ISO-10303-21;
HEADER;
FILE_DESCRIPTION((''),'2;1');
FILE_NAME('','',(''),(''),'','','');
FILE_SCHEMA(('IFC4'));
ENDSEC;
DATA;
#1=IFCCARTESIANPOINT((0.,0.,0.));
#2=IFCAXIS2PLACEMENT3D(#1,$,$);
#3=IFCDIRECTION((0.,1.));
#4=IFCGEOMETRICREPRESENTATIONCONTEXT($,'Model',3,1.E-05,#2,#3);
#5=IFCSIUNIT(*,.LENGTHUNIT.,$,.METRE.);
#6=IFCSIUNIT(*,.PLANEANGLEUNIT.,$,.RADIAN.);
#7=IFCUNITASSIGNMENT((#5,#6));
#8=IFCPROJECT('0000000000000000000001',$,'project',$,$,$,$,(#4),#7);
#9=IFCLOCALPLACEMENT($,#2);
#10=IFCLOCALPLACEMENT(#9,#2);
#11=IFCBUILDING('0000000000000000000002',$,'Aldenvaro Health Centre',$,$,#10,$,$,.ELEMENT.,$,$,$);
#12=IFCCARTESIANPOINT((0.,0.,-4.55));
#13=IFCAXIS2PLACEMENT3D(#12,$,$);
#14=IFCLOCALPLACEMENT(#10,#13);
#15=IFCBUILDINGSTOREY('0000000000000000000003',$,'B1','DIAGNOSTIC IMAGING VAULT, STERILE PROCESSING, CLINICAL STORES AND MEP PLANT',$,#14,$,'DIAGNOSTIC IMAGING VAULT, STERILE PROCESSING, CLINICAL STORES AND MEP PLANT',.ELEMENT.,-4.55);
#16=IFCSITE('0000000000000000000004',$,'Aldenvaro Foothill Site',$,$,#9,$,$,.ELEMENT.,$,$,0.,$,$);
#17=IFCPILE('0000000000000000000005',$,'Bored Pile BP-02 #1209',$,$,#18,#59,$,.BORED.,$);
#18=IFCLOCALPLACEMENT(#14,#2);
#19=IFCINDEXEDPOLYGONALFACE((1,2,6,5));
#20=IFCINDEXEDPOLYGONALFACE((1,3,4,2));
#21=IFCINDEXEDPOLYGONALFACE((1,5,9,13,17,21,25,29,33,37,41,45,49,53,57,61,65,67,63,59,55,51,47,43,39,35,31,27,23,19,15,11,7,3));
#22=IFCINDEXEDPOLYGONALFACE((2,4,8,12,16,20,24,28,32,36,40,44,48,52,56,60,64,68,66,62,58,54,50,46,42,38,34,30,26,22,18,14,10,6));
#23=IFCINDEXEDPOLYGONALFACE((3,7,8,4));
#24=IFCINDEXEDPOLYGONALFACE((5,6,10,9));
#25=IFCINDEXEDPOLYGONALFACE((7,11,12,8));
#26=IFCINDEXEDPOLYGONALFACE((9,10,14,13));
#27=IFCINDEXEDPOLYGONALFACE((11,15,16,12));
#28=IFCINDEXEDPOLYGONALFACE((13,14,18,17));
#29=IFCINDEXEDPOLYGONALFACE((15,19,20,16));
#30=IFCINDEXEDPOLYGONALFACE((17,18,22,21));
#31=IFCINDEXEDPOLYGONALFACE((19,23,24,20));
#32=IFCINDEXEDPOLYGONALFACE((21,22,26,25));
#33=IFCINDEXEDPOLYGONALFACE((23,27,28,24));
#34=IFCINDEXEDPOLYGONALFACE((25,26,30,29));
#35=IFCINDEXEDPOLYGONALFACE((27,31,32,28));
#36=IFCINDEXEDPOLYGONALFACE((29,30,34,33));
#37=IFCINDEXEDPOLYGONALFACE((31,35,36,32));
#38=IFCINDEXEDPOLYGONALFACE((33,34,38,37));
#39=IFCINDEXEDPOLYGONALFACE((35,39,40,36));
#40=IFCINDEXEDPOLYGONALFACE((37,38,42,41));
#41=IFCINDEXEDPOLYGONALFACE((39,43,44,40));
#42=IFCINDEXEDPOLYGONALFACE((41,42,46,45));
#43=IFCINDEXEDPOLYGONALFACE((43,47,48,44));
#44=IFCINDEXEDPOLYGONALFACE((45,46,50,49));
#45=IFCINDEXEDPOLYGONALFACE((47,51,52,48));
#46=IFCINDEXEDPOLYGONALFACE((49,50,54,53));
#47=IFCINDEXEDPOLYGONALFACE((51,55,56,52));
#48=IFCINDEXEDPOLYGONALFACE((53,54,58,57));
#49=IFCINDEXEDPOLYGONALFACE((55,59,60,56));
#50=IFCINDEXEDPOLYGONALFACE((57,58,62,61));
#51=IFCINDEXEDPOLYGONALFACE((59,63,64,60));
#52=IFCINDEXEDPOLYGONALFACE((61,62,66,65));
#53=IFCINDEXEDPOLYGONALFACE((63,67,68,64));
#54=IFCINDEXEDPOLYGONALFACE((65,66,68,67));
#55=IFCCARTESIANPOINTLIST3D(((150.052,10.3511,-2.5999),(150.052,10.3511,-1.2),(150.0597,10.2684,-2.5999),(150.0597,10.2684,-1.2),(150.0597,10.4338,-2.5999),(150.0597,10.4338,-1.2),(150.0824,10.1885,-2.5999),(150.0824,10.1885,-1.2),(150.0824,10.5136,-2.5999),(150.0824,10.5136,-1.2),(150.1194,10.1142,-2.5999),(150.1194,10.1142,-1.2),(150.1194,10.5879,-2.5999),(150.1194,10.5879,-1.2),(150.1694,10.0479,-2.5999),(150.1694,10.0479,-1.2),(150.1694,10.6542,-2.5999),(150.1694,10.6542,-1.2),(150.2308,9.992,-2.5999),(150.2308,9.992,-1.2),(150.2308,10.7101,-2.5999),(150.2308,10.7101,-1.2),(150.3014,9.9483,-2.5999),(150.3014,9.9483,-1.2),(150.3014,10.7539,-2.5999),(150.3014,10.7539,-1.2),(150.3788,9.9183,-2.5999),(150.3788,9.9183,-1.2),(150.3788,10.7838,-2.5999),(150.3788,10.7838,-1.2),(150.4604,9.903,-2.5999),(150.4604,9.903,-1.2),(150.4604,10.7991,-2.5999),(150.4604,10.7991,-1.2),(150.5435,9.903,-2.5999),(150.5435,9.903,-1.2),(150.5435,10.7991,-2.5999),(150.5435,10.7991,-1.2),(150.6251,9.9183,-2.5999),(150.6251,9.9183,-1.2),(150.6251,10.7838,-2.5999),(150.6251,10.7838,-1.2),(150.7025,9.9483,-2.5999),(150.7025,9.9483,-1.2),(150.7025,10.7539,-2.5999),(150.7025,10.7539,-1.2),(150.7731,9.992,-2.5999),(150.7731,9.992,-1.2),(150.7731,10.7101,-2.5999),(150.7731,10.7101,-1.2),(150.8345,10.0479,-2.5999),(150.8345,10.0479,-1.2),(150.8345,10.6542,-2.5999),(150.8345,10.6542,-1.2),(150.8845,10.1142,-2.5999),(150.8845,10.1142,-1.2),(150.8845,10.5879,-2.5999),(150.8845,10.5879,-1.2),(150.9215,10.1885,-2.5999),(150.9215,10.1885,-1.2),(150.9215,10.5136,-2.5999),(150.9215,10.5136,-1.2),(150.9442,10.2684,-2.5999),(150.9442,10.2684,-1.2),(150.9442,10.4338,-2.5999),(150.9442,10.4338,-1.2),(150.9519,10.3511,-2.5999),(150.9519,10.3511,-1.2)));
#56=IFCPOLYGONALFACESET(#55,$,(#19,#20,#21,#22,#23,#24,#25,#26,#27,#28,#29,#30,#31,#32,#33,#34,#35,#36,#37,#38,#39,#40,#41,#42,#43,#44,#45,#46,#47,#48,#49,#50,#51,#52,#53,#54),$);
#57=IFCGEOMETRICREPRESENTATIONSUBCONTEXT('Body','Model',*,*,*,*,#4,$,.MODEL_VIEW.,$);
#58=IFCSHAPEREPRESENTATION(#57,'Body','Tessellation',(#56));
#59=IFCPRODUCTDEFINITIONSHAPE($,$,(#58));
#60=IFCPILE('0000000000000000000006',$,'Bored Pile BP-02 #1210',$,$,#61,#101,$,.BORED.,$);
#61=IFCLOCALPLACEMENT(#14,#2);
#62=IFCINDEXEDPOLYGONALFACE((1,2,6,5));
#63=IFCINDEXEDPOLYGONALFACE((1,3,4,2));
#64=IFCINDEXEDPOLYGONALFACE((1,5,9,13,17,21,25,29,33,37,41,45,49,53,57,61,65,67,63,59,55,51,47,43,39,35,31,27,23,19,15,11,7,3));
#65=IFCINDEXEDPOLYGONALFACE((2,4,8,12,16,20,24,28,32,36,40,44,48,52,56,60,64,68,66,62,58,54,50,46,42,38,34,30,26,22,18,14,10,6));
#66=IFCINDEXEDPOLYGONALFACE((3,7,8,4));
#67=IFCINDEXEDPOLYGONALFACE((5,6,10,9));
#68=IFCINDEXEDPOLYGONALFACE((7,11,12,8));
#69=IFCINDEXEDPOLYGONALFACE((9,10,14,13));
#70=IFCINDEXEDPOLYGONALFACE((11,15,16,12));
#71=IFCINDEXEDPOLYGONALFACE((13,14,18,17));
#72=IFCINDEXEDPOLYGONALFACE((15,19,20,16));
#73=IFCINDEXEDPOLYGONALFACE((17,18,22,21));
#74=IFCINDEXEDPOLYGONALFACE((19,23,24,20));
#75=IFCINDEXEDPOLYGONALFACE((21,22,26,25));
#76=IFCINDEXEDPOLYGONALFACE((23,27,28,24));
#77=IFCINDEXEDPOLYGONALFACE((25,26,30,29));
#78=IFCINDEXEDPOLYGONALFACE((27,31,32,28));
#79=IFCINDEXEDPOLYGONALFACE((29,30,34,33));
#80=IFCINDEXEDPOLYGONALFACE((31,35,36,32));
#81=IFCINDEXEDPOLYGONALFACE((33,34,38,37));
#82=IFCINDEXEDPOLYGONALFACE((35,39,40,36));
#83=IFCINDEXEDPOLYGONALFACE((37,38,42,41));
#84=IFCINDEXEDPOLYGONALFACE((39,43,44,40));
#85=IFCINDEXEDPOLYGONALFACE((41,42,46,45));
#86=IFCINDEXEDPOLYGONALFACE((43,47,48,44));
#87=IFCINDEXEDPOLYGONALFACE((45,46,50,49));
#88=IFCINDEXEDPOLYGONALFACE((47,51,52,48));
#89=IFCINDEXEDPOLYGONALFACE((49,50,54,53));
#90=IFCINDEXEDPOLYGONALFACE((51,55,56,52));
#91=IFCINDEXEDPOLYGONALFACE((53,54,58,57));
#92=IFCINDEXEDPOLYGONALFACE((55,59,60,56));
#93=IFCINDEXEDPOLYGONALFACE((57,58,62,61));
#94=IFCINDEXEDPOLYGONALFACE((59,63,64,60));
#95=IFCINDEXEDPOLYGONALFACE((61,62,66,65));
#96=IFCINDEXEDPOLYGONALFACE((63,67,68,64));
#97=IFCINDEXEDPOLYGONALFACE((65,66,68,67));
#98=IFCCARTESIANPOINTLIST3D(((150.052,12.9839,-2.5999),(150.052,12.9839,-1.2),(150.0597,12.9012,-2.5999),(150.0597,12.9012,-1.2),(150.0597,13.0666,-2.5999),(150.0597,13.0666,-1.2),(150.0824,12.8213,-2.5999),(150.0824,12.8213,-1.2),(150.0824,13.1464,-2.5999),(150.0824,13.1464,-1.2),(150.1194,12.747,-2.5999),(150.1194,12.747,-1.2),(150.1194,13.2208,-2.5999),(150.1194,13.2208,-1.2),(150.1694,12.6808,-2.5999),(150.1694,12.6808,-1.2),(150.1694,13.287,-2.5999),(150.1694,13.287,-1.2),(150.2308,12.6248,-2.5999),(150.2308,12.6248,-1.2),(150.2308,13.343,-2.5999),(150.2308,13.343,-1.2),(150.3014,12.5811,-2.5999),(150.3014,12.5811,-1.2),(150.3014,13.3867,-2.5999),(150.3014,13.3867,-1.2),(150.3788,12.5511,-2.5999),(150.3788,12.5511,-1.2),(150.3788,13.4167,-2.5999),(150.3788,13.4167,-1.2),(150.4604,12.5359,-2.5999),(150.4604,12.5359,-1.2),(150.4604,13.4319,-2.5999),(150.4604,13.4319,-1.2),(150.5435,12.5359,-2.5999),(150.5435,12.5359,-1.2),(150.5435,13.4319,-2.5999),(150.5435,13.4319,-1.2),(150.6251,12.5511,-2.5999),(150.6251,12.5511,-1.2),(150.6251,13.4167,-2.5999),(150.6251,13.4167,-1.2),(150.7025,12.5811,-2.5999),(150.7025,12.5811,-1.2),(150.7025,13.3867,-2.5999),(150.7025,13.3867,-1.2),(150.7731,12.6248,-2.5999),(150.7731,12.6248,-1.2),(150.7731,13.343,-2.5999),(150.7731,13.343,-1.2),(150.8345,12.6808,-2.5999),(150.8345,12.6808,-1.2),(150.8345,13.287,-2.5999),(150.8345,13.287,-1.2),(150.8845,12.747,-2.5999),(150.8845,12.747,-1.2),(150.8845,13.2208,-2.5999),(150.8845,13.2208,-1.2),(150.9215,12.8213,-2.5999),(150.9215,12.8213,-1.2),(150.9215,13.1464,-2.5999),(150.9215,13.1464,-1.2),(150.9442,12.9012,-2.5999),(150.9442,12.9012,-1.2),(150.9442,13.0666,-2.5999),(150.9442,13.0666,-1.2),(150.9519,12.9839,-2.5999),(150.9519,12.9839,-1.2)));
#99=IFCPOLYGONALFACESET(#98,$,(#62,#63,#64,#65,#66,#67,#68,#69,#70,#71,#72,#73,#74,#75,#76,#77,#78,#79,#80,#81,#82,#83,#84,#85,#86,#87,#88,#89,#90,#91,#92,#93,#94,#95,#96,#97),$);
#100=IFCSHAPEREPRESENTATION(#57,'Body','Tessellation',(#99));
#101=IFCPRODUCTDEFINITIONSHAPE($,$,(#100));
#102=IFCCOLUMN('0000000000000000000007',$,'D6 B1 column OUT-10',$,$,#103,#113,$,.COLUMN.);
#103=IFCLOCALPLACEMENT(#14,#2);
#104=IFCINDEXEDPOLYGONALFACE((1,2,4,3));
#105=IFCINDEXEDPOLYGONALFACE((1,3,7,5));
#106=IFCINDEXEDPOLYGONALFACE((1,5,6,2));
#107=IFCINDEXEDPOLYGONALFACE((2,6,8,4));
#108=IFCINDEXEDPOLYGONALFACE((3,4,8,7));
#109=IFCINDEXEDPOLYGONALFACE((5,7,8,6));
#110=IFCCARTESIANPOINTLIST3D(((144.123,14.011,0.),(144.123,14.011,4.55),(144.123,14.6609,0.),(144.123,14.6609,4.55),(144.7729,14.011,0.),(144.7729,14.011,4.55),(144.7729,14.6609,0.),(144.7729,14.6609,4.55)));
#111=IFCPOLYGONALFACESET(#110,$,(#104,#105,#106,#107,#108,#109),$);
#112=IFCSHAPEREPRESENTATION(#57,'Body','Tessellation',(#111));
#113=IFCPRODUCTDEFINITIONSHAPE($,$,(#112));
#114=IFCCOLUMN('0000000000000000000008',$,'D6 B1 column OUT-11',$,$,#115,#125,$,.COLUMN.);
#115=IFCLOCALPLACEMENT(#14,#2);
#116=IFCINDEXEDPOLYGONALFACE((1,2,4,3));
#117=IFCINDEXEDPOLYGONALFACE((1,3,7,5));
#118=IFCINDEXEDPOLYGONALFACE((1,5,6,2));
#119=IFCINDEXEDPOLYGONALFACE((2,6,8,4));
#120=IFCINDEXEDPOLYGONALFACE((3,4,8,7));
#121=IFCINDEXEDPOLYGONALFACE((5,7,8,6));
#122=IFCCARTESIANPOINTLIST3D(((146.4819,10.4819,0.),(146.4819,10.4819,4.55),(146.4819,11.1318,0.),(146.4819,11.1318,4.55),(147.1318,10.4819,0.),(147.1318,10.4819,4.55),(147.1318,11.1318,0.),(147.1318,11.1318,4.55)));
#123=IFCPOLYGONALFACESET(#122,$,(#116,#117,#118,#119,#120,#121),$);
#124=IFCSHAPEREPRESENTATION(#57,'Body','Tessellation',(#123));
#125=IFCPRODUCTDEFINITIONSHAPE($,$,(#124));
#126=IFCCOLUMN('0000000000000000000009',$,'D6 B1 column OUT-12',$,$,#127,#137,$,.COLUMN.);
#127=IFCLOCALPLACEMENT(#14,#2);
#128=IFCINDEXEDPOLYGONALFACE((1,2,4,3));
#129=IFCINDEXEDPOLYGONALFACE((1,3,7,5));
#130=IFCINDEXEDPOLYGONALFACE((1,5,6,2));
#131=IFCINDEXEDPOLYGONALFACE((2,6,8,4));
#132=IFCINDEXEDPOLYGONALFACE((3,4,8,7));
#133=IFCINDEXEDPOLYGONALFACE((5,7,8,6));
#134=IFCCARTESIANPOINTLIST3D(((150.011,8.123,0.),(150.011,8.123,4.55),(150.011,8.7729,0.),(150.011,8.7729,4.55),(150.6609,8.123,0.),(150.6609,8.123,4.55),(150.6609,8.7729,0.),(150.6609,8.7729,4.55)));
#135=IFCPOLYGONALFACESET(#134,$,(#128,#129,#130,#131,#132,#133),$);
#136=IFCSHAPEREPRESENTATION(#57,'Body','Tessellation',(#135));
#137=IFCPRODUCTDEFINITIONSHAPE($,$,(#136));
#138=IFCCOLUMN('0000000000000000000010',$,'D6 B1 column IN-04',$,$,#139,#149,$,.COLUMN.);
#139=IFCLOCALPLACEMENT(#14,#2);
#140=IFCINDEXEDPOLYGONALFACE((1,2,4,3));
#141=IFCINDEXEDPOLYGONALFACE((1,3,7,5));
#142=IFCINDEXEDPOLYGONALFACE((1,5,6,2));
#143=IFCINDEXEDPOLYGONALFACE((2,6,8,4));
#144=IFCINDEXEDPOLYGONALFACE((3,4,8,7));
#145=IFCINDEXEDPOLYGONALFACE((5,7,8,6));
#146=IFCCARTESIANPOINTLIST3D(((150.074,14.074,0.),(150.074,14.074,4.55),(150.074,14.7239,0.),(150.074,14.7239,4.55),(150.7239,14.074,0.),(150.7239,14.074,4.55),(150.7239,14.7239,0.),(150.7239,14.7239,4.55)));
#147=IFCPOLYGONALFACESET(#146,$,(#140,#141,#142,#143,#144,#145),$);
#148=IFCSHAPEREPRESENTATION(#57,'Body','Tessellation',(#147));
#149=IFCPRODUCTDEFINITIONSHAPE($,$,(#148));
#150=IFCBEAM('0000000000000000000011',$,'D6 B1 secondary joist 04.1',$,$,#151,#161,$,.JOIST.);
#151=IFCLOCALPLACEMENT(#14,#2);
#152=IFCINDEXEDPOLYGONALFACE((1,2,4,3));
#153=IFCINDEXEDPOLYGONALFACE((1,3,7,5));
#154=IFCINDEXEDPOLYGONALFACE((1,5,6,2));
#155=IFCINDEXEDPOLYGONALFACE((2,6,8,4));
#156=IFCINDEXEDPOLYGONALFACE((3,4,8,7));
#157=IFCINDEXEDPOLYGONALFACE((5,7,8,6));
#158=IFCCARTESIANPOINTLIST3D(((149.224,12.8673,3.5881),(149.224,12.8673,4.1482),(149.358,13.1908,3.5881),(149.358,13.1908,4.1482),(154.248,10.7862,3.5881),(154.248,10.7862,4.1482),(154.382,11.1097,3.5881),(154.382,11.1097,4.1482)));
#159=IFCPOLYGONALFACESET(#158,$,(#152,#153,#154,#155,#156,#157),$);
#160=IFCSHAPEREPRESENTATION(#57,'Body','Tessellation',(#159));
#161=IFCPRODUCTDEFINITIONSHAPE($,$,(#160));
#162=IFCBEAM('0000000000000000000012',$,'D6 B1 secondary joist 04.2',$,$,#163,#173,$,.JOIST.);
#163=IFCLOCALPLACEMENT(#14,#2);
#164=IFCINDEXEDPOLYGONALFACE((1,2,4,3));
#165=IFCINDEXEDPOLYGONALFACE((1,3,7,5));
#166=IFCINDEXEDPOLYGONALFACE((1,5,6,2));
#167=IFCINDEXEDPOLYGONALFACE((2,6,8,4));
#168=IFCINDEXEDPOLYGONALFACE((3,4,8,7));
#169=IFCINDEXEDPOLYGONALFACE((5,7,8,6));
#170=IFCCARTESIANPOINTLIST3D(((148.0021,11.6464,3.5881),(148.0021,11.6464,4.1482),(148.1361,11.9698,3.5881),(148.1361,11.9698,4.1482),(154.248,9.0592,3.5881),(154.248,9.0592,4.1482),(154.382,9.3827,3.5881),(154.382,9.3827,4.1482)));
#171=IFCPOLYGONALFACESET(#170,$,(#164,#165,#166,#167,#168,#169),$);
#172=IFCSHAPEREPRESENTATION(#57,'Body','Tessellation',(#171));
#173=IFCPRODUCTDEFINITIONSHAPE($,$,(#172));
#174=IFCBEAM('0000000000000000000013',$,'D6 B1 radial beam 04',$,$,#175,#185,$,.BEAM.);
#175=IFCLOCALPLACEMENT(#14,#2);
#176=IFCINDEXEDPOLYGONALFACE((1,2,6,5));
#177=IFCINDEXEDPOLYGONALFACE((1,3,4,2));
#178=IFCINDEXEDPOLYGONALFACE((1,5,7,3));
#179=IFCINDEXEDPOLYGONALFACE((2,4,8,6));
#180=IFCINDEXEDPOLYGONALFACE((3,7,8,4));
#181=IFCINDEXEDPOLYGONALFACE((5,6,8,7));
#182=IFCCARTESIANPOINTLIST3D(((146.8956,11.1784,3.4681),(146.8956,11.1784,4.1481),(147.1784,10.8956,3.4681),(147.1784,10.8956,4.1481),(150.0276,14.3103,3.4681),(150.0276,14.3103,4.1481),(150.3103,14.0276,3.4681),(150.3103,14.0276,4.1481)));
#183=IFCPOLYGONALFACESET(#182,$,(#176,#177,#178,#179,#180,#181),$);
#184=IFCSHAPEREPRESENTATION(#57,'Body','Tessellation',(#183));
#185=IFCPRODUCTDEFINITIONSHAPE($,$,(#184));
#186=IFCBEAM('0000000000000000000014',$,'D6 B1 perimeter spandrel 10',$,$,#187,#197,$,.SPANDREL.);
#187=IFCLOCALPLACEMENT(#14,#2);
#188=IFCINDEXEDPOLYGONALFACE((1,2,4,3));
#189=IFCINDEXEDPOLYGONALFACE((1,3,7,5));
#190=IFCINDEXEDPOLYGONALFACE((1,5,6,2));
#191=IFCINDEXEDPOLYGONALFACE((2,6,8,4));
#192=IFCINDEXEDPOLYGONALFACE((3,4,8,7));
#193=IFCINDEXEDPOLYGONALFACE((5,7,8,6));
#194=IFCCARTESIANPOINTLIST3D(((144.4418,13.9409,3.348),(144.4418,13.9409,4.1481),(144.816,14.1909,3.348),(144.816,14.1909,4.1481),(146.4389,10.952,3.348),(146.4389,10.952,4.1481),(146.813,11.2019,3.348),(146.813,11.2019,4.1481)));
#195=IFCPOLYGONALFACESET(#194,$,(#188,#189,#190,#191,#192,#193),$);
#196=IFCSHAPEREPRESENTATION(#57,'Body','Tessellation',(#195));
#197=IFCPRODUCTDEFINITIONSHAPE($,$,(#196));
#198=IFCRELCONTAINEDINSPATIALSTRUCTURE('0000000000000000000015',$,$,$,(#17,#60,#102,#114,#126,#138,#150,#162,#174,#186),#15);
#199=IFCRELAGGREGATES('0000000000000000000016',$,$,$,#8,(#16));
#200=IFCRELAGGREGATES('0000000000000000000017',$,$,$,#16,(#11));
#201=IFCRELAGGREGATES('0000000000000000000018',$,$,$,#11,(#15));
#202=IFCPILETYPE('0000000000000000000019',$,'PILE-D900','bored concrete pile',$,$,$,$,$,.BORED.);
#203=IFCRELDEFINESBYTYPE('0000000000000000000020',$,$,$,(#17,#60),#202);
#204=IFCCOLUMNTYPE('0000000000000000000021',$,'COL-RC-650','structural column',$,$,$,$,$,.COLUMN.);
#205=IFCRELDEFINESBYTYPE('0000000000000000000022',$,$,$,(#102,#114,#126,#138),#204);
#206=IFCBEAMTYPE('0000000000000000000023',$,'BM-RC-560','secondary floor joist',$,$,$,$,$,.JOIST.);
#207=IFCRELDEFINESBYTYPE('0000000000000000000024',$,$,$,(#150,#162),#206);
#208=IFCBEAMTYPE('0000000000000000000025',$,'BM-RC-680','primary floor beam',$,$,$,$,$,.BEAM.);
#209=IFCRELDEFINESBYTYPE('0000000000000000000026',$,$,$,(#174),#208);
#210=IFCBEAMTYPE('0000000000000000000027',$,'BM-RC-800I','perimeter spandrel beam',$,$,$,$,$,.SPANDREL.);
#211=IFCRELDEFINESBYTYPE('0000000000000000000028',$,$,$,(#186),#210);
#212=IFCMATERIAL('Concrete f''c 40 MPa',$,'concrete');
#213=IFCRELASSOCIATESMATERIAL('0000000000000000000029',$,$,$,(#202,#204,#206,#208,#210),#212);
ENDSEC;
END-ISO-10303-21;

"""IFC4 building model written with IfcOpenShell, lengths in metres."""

from ifc_helpers import new_model, si_unit, direction, frame, origin, origin_2d, place, context, subcontext, project, spatial, rectangle, circle, extrude, material, material_profile, profile_set, type_object, element, save


model = new_model("IFC4")

# Units and contexts
model_context = context("Model", 3, precision=1e-05, world=origin(), true_north=direction((0.0, 1.0)))
body_context = subcontext(model_context, "Body", "Model", "MODEL_VIEW")
ifc_project = project(units=[si_unit("LENGTHUNIT", "METRE"), si_unit("PLANEANGLEUNIT", "RADIAN")], contexts=[model_context])

# Site, building, storey
site_placement = place(None, origin())
site = spatial("IfcSite", under=ifc_project, at=site_placement, Name="Aldenvaro Foothill Site", CompositionType="ELEMENT", RefElevation=0.0)
building_placement = place(site_placement, origin())
building = spatial("IfcBuilding", under=site, at=building_placement, Name="Aldenvaro Health Centre", CompositionType="ELEMENT")
storey_placement = place(building_placement, frame((0.0, 0.0, -4.55)))
storey = spatial("IfcBuildingStorey", under=building, at=storey_placement, Name="B1", Description="DIAGNOSTIC IMAGING VAULT, STERILE PROCESSING, CLINICAL STORES AND MEP PLANT", LongName="DIAGNOSTIC IMAGING VAULT, STERILE PROCESSING, CLINICAL STORES AND MEP PLANT", CompositionType="ELEMENT", Elevation=-4.55)

# Piles
ifc_material_1 = material(Name="Concrete f'c 40 MPa", Category="concrete")
ifc_material_profile_1 = material_profile(ifc_material_1, circle(Radius=0.45, at=origin_2d()), Name="PILE D900", Category="concrete")
ifc_profile_set_1 = profile_set([ifc_material_profile_1], Name="Concrete f'c 40 MPa")
pile_type = type_object("IfcPileType", Name="PILE-D900", Description="bored concrete pile", PredefinedType="BORED", material=ifc_profile_set_1)
for number, where, z_axis, x_axis, name in (
    (1, (150.502, 10.3511, -1.2), (0.0, 0.0, -1.0), (1.0, 0.0, 0.0), "Bored Pile BP-02 #1209"),
    (2, (150.502, 12.9839, -1.2), (0.0, 0.0, -1.0), (1.0, 0.0, 0.0), "Bored Pile BP-02 #1210"),
):
    element("IfcPile", number, at=place(storey_placement, frame(where, z_axis=z_axis, x_axis=x_axis)), inside=storey, type_object=pile_type, Name=name, PredefinedType="BORED", context=body_context, shape_type="SweptSolid", body=[
        extrude(circle(Radius=0.45, at=origin_2d()), origin(), (0.0, 0.0, 1.0), 1.3999),
    ])

# Columns
ifc_material_profile_2 = material_profile(ifc_material_1, rectangle(XDim=0.6499, YDim=0.6499, at=origin_2d()), Name="RC 650x650", Category="concrete")
ifc_profile_set_2 = profile_set([ifc_material_profile_2], Name="Concrete f'c 40 MPa")
column_type = type_object("IfcColumnType", Name="COL-RC-650", Description="structural column", PredefinedType="COLUMN", material=ifc_profile_set_2)
for number, where, z_axis, x_axis, name in (
    (3, (144.448, 14.3359, 0.0), (0.0, 0.0, 1.0), (1.0, 0.0, 0.0), "D6 B1 column OUT-10"),
    (4, (146.8069, 10.8069, 0.0), (0.0, 0.0, 1.0), (1.0, 0.0, 0.0), "D6 B1 column OUT-11"),
    (5, (150.3359, 8.448, 0.0), (0.0, 0.0, 1.0), (1.0, 0.0, 0.0), "D6 B1 column OUT-12"),
    (6, (150.3989, 14.3989, 0.0), (0.0, 0.0, 1.0), (1.0, 0.0, 0.0), "D6 B1 column IN-04"),
):
    element("IfcColumn", number, at=place(storey_placement, frame(where, z_axis=z_axis, x_axis=x_axis)), inside=storey, type_object=column_type, Name=name, PredefinedType="COLUMN", context=body_context, shape_type="SweptSolid", body=[
        extrude(rectangle(XDim=0.6499, YDim=0.6499, at=origin_2d()), origin(), (0.0, 0.0, 1.0), 4.55),
    ])

# Beams
ifc_material_profile_3 = material_profile(ifc_material_1, rectangle(XDim=0.3501, YDim=0.5601, at=origin_2d()), Name="RC 350x560", Category="concrete")
ifc_profile_set_3 = profile_set([ifc_material_profile_3], Name="Concrete f'c 40 MPa")
beam_type_1 = type_object("IfcBeamType", Name="BM-RC-560", Description="secondary floor joist", PredefinedType="JOIST", material=ifc_profile_set_3)
beam_1_placement = place(storey_placement, frame((149.291, 13.0291, 3.8682), z_axis=(0.923875, -0.382695, 0.0), x_axis=(0.382695, 0.923875, 0.0)))
element("IfcBeam", 7, at=beam_1_placement, inside=storey, type_object=beam_type_1, Name="D6 B1 secondary joist 04.1", PredefinedType="JOIST", context=body_context, shape_type="SweptSolid", body=[
    extrude(rectangle(XDim=0.3501, YDim=0.5601, at=origin_2d()), origin(), (0.0, 0.0, 1.0), 5.438),
])
beam_2_placement = place(storey_placement, frame((148.0691, 11.8081, 3.8682), z_axis=(0.923877, -0.382689, 0.0), x_axis=(0.382689, 0.923877, 0.0)))
element("IfcBeam", 8, at=beam_2_placement, inside=storey, type_object=beam_type_1, Name="D6 B1 secondary joist 04.2", PredefinedType="JOIST", context=body_context, shape_type="SweptSolid", body=[
    extrude(rectangle(XDim=0.3501, YDim=0.5601, at=origin_2d()), origin(), (0.0, 0.0, 1.0), 6.7605),
])
ifc_material_profile_4 = material_profile(ifc_material_1, rectangle(XDim=0.3999, YDim=0.6799, at=origin_2d()), Name="RC 400x680", Category="concrete")
ifc_profile_set_4 = profile_set([ifc_material_profile_4], Name="Concrete f'c 40 MPa")
beam_type_2 = type_object("IfcBeamType", Name="BM-RC-680", Description="primary floor beam", PredefinedType="BEAM", material=ifc_profile_set_4)
beam_3_placement = place(storey_placement, frame((150.1689, 14.1689, 3.8081), z_axis=(-0.707107, -0.707107, 0.0), x_axis=(0.707107, -0.707107, 0.0)))
element("IfcBeam", 9, at=beam_3_placement, inside=storey, type_object=beam_type_2, Name="D6 B1 radial beam 04", PredefinedType="BEAM", context=body_context, shape_type="SweptSolid", body=[
    extrude(rectangle(XDim=0.3999, YDim=0.6799, at=origin_2d()), origin(), (0.0, 0.0, 1.0), 4.4292),
])
ifc_material_profile_5 = material_profile(ifc_material_1, rectangle(XDim=0.45, YDim=0.8, at=origin_2d()), Name="RC 450x800", Category="concrete")
ifc_profile_set_5 = profile_set([ifc_material_profile_5], Name="Concrete f'c 40 MPa")
beam_type_3 = type_object("IfcBeamType", Name="BM-RC-800I", Description="perimeter spandrel beam", PredefinedType="SPANDREL", material=ifc_profile_set_5)
for number, where, z_axis, x_axis, name in (
    (10, (144.6289, 14.0659, 3.748), (0.555546, -0.831486, 0.0), (0.831486, 0.555546, 0.0), "D6 B1 perimeter spandrel 10"),
):
    element("IfcBeam", number, at=place(storey_placement, frame(where, z_axis=z_axis, x_axis=x_axis)), inside=storey, type_object=beam_type_3, Name=name, PredefinedType="SPANDREL", context=body_context, shape_type="SweptSolid", body=[
        extrude(rectangle(XDim=0.45, YDim=0.8, at=origin_2d()), origin(), (0.0, 0.0, 1.0), 3.5947),
    ])

save(model, "model.ifc")
